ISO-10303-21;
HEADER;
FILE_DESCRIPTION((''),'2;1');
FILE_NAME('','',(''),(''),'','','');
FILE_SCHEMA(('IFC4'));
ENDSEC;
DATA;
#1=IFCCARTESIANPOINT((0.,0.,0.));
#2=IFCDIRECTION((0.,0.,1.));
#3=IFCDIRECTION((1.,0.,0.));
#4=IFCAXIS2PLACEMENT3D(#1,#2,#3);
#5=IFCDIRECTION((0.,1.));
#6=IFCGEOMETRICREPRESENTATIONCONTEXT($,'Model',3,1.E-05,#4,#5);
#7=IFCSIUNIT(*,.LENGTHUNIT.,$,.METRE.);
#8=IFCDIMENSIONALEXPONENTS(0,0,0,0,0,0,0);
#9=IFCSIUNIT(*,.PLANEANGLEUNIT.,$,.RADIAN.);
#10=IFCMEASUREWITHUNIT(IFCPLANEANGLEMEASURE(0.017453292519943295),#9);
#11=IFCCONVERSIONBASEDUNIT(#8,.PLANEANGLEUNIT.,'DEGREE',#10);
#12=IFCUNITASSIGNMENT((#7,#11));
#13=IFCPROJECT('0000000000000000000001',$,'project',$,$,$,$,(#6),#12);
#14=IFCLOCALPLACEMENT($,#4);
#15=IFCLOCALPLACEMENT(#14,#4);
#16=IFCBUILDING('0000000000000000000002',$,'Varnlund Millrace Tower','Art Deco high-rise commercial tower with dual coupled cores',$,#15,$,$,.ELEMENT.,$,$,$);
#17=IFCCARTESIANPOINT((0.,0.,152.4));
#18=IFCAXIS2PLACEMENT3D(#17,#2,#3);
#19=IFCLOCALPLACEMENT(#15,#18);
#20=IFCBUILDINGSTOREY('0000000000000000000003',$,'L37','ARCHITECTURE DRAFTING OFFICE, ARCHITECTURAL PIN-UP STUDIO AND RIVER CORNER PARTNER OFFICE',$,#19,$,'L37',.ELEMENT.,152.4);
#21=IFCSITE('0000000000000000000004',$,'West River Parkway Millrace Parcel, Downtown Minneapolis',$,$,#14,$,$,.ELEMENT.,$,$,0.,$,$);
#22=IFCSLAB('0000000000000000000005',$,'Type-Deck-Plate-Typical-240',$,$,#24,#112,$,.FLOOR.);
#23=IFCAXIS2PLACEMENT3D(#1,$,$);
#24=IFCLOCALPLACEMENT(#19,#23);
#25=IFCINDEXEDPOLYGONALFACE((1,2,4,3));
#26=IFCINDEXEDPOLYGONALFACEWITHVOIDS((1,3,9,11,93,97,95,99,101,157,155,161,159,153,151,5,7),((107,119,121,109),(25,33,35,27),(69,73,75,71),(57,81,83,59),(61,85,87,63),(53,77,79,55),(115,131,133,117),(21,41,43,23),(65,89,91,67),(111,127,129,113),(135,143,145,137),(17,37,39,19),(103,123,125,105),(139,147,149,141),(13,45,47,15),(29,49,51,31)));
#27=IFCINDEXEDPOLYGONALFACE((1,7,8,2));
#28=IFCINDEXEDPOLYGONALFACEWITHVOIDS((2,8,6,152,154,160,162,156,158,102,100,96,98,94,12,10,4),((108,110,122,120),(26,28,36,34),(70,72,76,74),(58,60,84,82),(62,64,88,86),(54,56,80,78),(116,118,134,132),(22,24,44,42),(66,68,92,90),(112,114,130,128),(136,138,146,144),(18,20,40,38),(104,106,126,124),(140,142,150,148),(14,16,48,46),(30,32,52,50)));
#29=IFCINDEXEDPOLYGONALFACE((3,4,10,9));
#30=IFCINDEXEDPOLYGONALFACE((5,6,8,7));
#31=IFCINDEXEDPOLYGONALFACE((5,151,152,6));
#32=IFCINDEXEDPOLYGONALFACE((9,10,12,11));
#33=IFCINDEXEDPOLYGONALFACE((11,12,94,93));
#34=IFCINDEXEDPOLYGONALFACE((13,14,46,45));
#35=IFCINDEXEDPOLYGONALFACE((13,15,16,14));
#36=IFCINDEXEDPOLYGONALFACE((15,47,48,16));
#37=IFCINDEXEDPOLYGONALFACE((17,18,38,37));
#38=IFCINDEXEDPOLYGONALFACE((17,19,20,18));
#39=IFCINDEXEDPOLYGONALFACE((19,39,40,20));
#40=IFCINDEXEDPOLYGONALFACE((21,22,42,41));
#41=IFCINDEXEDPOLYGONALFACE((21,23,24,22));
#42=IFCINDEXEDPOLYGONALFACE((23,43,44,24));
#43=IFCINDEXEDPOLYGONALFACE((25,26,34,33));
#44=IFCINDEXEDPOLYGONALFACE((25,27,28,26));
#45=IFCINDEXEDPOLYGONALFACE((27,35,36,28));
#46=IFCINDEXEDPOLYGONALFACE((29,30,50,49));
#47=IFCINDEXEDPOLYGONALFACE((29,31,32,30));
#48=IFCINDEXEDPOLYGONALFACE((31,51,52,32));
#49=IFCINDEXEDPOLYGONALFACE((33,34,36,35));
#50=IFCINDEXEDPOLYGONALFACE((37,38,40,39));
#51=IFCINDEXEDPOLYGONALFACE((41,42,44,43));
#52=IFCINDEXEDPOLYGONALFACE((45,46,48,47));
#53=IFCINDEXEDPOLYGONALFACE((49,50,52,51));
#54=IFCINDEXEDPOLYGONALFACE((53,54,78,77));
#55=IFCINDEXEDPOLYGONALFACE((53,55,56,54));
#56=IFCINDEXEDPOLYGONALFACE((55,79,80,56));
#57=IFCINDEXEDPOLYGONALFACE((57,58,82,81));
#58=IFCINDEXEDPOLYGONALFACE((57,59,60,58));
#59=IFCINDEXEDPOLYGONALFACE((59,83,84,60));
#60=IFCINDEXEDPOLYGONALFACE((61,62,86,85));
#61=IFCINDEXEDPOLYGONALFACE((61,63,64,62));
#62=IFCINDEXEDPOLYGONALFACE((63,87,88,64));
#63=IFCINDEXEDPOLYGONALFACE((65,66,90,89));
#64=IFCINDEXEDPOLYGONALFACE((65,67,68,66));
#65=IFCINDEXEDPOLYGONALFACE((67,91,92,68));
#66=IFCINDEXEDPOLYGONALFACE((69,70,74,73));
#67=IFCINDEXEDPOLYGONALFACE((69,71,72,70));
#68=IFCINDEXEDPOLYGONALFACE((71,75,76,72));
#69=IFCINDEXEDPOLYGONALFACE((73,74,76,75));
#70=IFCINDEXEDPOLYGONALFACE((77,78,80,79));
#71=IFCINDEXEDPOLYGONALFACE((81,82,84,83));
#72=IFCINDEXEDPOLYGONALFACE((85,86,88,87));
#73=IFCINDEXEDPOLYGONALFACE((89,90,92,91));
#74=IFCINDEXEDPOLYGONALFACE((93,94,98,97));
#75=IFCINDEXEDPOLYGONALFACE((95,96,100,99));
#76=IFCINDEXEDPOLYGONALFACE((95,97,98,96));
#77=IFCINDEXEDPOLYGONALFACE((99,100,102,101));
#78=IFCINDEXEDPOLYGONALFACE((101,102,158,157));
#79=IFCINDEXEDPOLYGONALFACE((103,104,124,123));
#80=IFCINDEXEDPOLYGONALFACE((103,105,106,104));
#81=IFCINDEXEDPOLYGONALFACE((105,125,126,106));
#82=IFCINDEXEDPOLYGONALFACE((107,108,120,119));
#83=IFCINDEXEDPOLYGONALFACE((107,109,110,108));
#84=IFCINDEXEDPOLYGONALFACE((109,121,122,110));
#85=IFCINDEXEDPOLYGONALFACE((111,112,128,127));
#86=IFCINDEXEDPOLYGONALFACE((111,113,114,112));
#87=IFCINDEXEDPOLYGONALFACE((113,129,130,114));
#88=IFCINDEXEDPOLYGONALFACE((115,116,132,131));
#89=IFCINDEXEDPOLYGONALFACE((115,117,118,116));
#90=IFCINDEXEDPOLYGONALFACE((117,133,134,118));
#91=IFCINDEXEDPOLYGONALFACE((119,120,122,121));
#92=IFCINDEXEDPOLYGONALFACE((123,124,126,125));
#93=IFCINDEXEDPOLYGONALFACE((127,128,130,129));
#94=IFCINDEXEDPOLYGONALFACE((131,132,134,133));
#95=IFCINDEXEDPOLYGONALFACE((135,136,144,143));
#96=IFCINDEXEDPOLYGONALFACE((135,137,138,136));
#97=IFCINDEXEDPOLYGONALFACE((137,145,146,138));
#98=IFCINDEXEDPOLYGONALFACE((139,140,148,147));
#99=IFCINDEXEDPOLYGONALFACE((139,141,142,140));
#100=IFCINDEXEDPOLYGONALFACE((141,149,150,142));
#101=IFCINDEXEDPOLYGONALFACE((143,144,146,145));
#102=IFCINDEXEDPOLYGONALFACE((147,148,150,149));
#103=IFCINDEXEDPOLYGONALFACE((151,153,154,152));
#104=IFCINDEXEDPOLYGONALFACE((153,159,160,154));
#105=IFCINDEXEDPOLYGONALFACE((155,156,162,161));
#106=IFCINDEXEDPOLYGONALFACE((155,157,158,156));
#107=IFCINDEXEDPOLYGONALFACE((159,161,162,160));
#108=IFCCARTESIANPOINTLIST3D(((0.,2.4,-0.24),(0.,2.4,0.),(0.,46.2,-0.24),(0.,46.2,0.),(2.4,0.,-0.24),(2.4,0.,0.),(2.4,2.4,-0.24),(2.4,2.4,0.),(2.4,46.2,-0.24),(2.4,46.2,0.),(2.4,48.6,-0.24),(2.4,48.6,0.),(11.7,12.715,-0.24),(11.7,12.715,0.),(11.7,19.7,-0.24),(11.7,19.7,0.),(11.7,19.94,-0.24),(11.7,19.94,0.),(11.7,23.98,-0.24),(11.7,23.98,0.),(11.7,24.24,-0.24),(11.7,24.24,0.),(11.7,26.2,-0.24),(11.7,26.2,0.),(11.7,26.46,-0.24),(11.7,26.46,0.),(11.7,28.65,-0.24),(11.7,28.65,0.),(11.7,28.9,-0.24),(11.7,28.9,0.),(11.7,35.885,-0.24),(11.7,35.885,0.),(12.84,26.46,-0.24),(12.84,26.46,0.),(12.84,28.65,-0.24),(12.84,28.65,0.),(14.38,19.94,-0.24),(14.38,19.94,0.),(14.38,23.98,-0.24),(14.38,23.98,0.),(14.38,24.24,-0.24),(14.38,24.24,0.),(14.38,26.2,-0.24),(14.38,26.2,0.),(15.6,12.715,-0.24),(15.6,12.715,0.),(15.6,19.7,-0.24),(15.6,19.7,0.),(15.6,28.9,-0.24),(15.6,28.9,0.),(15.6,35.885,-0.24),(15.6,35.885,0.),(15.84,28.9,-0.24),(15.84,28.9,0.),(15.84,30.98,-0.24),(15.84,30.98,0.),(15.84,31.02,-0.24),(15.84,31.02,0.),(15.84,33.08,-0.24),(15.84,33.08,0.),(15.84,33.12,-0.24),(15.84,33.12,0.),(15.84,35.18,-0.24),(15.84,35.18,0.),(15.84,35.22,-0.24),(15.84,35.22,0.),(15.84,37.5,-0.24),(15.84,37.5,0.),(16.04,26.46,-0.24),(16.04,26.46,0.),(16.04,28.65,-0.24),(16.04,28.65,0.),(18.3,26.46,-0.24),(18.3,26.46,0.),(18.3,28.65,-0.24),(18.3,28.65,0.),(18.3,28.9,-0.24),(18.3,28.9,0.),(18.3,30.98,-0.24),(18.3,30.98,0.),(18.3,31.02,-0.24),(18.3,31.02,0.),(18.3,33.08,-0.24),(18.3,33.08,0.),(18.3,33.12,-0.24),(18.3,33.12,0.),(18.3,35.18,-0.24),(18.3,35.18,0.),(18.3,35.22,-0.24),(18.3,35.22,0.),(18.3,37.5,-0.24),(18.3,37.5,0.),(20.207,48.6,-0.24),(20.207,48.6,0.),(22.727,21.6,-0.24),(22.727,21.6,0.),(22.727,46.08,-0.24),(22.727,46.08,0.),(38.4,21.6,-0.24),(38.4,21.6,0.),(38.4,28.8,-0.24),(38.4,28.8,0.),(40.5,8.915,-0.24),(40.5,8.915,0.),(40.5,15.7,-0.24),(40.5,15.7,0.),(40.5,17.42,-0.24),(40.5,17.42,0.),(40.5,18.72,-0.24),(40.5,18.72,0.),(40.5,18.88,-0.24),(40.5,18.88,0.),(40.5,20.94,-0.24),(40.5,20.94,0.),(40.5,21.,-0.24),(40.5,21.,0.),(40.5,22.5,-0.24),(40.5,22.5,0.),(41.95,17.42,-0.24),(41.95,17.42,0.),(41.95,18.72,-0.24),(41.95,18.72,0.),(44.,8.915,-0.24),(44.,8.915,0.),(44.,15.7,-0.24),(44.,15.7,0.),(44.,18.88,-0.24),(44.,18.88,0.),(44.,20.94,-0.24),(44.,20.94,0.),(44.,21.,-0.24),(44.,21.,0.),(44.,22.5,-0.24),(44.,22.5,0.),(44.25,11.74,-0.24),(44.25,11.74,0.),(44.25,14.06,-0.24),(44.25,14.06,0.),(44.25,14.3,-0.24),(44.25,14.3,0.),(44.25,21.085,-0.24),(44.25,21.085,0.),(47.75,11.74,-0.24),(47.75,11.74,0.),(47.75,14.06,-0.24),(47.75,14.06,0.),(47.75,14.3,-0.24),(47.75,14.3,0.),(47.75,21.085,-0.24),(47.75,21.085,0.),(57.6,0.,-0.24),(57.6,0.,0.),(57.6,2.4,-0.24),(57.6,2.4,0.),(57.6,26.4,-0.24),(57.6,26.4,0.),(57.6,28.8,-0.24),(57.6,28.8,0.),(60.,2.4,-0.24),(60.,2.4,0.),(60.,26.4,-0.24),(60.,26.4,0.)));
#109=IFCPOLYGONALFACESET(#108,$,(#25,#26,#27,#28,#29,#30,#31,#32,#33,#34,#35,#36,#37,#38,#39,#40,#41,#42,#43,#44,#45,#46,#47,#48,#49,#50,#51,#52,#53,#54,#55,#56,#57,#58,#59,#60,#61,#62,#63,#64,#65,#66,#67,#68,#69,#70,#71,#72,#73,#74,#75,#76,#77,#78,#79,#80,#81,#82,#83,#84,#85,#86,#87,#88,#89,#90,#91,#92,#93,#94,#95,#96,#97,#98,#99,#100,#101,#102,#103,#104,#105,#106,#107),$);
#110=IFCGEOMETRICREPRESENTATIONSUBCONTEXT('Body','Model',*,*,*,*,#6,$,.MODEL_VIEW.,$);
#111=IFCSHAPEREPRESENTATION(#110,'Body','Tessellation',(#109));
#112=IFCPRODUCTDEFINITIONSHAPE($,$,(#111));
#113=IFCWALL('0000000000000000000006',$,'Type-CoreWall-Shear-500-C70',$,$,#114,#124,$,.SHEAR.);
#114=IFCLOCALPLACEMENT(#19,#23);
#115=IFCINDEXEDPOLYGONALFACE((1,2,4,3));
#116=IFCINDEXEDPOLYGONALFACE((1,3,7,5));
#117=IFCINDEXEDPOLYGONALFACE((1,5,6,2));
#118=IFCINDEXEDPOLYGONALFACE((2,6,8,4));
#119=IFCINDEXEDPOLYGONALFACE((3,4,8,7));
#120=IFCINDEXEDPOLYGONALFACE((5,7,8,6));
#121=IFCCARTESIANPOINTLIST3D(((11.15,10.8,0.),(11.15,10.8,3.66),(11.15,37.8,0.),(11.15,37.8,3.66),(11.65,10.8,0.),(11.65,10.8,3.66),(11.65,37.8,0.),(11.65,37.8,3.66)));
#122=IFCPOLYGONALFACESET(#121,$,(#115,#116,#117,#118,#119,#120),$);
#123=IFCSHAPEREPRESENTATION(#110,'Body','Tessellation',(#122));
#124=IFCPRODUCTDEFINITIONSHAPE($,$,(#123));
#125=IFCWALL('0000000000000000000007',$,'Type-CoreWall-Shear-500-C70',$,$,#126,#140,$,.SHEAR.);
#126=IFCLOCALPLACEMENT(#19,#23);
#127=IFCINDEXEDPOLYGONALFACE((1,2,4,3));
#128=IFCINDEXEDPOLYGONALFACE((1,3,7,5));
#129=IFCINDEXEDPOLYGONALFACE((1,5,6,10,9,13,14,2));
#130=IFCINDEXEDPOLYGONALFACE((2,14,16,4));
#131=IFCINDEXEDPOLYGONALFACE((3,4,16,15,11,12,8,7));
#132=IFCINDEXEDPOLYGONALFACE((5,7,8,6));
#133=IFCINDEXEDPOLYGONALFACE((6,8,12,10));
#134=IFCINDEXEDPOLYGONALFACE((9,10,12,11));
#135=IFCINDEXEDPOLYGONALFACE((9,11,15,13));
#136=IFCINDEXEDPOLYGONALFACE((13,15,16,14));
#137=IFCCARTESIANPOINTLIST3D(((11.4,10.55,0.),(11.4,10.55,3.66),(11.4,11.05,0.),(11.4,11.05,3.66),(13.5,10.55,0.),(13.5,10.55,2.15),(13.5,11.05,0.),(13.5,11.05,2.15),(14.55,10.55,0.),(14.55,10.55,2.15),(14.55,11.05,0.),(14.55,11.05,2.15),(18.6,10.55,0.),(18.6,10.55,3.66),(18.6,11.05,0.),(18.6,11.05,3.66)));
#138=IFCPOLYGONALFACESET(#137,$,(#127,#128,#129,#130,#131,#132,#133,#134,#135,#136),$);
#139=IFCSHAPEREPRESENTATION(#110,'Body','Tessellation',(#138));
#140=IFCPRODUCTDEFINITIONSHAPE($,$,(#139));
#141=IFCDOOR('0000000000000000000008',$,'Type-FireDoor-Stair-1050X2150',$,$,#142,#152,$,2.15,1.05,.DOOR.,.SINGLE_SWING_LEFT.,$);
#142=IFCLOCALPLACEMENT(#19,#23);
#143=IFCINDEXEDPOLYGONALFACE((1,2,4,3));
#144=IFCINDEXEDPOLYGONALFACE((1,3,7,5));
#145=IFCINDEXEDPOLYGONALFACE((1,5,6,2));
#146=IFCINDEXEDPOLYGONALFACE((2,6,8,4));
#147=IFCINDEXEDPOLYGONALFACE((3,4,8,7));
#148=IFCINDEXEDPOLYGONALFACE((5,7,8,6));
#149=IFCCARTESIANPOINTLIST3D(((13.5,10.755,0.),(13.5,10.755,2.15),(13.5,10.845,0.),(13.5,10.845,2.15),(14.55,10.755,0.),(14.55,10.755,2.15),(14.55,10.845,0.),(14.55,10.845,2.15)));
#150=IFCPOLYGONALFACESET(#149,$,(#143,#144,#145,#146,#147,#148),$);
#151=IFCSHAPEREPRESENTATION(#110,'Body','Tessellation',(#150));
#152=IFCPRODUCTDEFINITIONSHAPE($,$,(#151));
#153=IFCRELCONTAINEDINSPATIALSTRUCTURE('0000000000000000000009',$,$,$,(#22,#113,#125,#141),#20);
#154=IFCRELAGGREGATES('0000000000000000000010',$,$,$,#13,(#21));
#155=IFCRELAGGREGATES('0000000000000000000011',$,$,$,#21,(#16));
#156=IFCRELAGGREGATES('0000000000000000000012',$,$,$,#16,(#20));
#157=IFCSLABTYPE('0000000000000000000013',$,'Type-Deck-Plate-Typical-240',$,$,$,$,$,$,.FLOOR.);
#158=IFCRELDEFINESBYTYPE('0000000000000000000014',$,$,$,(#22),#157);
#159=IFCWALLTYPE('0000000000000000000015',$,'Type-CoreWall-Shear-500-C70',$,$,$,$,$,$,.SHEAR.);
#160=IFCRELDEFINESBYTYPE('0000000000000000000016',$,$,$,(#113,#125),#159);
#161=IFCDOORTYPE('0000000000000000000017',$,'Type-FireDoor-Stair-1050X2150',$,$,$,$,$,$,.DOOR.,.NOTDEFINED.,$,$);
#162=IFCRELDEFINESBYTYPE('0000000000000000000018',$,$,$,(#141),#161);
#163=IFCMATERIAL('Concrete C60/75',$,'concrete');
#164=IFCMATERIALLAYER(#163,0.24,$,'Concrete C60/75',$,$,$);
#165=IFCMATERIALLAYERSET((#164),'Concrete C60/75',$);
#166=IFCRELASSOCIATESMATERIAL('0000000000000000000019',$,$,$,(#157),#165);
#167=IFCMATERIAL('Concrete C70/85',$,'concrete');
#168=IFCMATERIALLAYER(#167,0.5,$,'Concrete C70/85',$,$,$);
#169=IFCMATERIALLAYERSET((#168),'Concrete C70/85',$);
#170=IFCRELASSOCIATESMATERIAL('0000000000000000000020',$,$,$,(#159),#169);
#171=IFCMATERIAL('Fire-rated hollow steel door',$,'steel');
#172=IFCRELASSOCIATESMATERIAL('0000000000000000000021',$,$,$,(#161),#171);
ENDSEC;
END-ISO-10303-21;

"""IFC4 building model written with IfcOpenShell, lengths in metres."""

from ifc_helpers import new_model, entity, si_unit, converted_unit, direction, frame, origin_with_axes, origin_2d_with_axis, place, context, subcontext, project, spatial, polyline, rectangle, outline, extrude, material, layer, layer_set, type_object, element, fill, save


model = new_model("IFC4")

# Units and contexts
model_context = context("Model", 3, precision=1e-05, world=origin_with_axes(), true_north=direction((0.0, 1.0)))
body_context = subcontext(model_context, "Body", "Model", "MODEL_VIEW")
ifc_project = project(units=[si_unit("LENGTHUNIT", "METRE"), converted_unit("PLANEANGLEUNIT", "DEGREE", entity("IfcPlaneAngleMeasure", 0.017453292519943295), si_unit("PLANEANGLEUNIT", "RADIAN"), dimensions=[0, 0, 0, 0, 0, 0, 0])], contexts=[model_context])

# Site, building, storey
site_placement = place(None, origin_with_axes())
site = spatial("IfcSite", under=ifc_project, at=site_placement, Name="West River Parkway Millrace Parcel, Downtown Minneapolis", CompositionType="ELEMENT", RefElevation=0.0)
building_placement = place(site_placement, origin_with_axes())
building = spatial("IfcBuilding", under=site, at=building_placement, Name="Varnlund Millrace Tower", Description="Art Deco high-rise commercial tower with dual coupled cores", CompositionType="ELEMENT")
storey_placement = place(building_placement, frame((0.0, 0.0, 152.4), z_axis=(0.0, 0.0, 1.0), x_axis=(1.0, 0.0, 0.0)))
storey = spatial("IfcBuildingStorey", under=building, at=storey_placement, Name="L37", Description="ARCHITECTURE DRAFTING OFFICE, ARCHITECTURAL PIN-UP STUDIO AND RIVER CORNER PARTNER OFFICE", LongName="L37", CompositionType="ELEMENT", Elevation=152.4)

# Slab
ifc_material_1 = material(Name="Concrete C60/75", Category="concrete")
ifc_layer_1 = layer(ifc_material_1, 0.24, Name="Concrete C60/75")
ifc_layer_set_1 = layer_set([ifc_layer_1], Name="Concrete C60/75")
slab_type = type_object("IfcSlabType", Name="Type-Deck-Plate-Typical-240", PredefinedType="FLOOR", material=ifc_layer_set_1)
slab_placement = place(storey_placement, frame((0.0, 0.0, -0.24), z_axis=(0.0, 0.0, 1.0), x_axis=(1.0, 0.0, 0.0)))
element("IfcSlab", 1, at=slab_placement, inside=storey, type_object=slab_type, Name="Type-Deck-Plate-Typical-240", PredefinedType="FLOOR", context=body_context, shape_type="SweptSolid", body=[
    extrude(outline(polyline([(22.727, 21.6), (22.727, 46.08), (20.207, 48.6), (2.4, 48.6), (2.4, 46.2), (0.0, 46.2), (0.0, 2.4), (2.4, 2.4), (2.4, 0.0), (57.6, 0.0), (57.6, 2.4), (60.0, 2.4), (60.0, 26.4), (57.6, 26.4), (57.6, 28.8), (38.4, 28.8), (38.4, 21.6), (22.727, 21.6)]), holes=[polyline([(15.6, 12.715), (11.7, 12.715), (11.7, 19.7), (15.6, 19.7), (15.6, 12.715)]), polyline([(14.38, 23.98), (14.38, 19.94), (11.7, 19.94), (11.7, 23.98), (14.38, 23.98)]), polyline([(14.38, 24.24), (11.7, 24.24), (11.7, 26.2), (14.38, 26.2), (14.38, 24.24)]), polyline([(12.84, 26.46), (11.7, 26.46), (11.7, 28.65), (12.84, 28.65), (12.84, 26.46)]), polyline([(18.3, 28.9), (15.84, 28.9), (15.84, 30.98), (18.3, 30.98), (18.3, 28.9)]), polyline([(18.3, 31.02), (15.84, 31.02), (15.84, 33.08), (18.3, 33.08), (18.3, 31.02)]), polyline([(15.6, 28.9), (11.7, 28.9), (11.7, 35.885), (15.6, 35.885), (15.6, 28.9)]), polyline([(18.3, 33.12), (15.84, 33.12), (15.84, 35.18), (18.3, 35.18), (18.3, 33.12)]), polyline([(44.0, 8.915), (40.5, 8.915), (40.5, 15.7), (44.0, 15.7), (44.0, 8.915)]), polyline([(47.75, 11.74), (44.25, 11.74), (44.25, 14.06), (47.75, 14.06), (47.75, 11.74)]), polyline([(47.75, 14.3), (44.25, 14.3), (44.25, 21.085), (47.75, 21.085), (47.75, 14.3)]), polyline([(41.95, 17.42), (40.5, 17.42), (40.5, 18.72), (41.95, 18.72), (41.95, 17.42)]), polyline([(44.0, 18.88), (40.5, 18.88), (40.5, 20.94), (44.0, 20.94), (44.0, 18.88)]), polyline([(44.0, 21.0), (40.5, 21.0), (40.5, 22.5), (44.0, 22.5), (44.0, 21.0)]), polyline([(16.04, 26.46), (16.04, 28.65), (18.3, 28.65), (18.3, 26.46), (16.04, 26.46)]), polyline([(15.84, 35.22), (15.84, 37.5), (18.3, 37.5), (18.3, 35.22), (15.84, 35.22)])]), origin_with_axes(), (0.0, 0.0, 1.0), 0.24),
])

# Wall
ifc_material_2 = material(Name="Concrete C70/85", Category="concrete")
ifc_layer_2 = layer(ifc_material_2, 0.5, Name="Concrete C70/85")
ifc_layer_set_2 = layer_set([ifc_layer_2], Name="Concrete C70/85")
wall_type_1 = type_object("IfcWallType", Name="Type-CoreWall-Shear-500-C70", PredefinedType="SHEAR", material=ifc_layer_set_2)
wall_1_placement = place(storey_placement, frame((11.4, 10.8, 0.0), z_axis=(0.0, 0.0, 1.0), x_axis=(0.0, 1.0, 0.0)))
element("IfcWall", 2, at=wall_1_placement, inside=storey, type_object=wall_type_1, Name="Type-CoreWall-Shear-500-C70", PredefinedType="SHEAR", context=body_context, shape_type="SweptSolid", body=[
    extrude(outline(polyline([(0.0, -0.25), (27.0, -0.25), (27.0, 0.25), (0.0, 0.25), (0.0, -0.25)])), origin_with_axes(), (0.0, 0.0, 1.0), 3.66),
])

# Wall, opening, door
wall_2_placement = place(storey_placement, frame((11.4, 10.8, 0.0), z_axis=(0.0, 0.0, 1.0), x_axis=(1.0, 0.0, 0.0)))
wall_2 = element("IfcWall", 3, at=wall_2_placement, inside=storey, type_object=wall_type_1, Name="Type-CoreWall-Shear-500-C70", PredefinedType="SHEAR", context=body_context, shape_type="SweptSolid", body=[
    extrude(outline(polyline([(0.0, -0.25), (7.2, -0.25), (7.2, 0.25), (0.0, 0.25), (0.0, -0.25)])), origin_with_axes(), (0.0, 0.0, 1.0), 3.66),
])
opening_1_placement = place(wall_2_placement, frame((2.625, 0.0, 0.0), z_axis=(0.0, 0.0, 1.0), x_axis=(1.0, 0.0, 0.0)))
opening_1 = element("IfcOpeningElement", 4, at=opening_1_placement, cuts=wall_2, PredefinedType="OPENING", context=body_context, shape_type="SweptSolid", body=[
    extrude(rectangle(XDim=1.05, YDim=0.52, at=origin_2d_with_axis()), origin_with_axes(), (0.0, 0.0, 1.0), 2.15),
])
ifc_material_3 = material(Name="Fire-rated hollow steel door", Category="steel")
door_type_1 = type_object("IfcDoorType", Name="Type-FireDoor-Stair-1050X2150", OperationType="NOTDEFINED", PredefinedType="DOOR", material=ifc_material_3)
door_1_placement = place(wall_2_placement, frame((2.625, 0.0, 0.0), z_axis=(0.0, 0.0, 1.0), x_axis=(1.0, 0.0, 0.0)))
door_1 = element("IfcDoor", 5, at=door_1_placement, inside=storey, type_object=door_type_1, Name="Type-FireDoor-Stair-1050X2150", OperationType="SINGLE_SWING_LEFT", OverallHeight=2.15, OverallWidth=1.05, PredefinedType="DOOR", context=body_context, shape_type="SweptSolid", body=[
    extrude(rectangle(XDim=1.05, YDim=0.09, at=origin_2d_with_axis()), origin_with_axes(), (0.0, 0.0, 1.0), 2.15),
])
fill(opening_1, door_1)

save(model, "model.ifc")
